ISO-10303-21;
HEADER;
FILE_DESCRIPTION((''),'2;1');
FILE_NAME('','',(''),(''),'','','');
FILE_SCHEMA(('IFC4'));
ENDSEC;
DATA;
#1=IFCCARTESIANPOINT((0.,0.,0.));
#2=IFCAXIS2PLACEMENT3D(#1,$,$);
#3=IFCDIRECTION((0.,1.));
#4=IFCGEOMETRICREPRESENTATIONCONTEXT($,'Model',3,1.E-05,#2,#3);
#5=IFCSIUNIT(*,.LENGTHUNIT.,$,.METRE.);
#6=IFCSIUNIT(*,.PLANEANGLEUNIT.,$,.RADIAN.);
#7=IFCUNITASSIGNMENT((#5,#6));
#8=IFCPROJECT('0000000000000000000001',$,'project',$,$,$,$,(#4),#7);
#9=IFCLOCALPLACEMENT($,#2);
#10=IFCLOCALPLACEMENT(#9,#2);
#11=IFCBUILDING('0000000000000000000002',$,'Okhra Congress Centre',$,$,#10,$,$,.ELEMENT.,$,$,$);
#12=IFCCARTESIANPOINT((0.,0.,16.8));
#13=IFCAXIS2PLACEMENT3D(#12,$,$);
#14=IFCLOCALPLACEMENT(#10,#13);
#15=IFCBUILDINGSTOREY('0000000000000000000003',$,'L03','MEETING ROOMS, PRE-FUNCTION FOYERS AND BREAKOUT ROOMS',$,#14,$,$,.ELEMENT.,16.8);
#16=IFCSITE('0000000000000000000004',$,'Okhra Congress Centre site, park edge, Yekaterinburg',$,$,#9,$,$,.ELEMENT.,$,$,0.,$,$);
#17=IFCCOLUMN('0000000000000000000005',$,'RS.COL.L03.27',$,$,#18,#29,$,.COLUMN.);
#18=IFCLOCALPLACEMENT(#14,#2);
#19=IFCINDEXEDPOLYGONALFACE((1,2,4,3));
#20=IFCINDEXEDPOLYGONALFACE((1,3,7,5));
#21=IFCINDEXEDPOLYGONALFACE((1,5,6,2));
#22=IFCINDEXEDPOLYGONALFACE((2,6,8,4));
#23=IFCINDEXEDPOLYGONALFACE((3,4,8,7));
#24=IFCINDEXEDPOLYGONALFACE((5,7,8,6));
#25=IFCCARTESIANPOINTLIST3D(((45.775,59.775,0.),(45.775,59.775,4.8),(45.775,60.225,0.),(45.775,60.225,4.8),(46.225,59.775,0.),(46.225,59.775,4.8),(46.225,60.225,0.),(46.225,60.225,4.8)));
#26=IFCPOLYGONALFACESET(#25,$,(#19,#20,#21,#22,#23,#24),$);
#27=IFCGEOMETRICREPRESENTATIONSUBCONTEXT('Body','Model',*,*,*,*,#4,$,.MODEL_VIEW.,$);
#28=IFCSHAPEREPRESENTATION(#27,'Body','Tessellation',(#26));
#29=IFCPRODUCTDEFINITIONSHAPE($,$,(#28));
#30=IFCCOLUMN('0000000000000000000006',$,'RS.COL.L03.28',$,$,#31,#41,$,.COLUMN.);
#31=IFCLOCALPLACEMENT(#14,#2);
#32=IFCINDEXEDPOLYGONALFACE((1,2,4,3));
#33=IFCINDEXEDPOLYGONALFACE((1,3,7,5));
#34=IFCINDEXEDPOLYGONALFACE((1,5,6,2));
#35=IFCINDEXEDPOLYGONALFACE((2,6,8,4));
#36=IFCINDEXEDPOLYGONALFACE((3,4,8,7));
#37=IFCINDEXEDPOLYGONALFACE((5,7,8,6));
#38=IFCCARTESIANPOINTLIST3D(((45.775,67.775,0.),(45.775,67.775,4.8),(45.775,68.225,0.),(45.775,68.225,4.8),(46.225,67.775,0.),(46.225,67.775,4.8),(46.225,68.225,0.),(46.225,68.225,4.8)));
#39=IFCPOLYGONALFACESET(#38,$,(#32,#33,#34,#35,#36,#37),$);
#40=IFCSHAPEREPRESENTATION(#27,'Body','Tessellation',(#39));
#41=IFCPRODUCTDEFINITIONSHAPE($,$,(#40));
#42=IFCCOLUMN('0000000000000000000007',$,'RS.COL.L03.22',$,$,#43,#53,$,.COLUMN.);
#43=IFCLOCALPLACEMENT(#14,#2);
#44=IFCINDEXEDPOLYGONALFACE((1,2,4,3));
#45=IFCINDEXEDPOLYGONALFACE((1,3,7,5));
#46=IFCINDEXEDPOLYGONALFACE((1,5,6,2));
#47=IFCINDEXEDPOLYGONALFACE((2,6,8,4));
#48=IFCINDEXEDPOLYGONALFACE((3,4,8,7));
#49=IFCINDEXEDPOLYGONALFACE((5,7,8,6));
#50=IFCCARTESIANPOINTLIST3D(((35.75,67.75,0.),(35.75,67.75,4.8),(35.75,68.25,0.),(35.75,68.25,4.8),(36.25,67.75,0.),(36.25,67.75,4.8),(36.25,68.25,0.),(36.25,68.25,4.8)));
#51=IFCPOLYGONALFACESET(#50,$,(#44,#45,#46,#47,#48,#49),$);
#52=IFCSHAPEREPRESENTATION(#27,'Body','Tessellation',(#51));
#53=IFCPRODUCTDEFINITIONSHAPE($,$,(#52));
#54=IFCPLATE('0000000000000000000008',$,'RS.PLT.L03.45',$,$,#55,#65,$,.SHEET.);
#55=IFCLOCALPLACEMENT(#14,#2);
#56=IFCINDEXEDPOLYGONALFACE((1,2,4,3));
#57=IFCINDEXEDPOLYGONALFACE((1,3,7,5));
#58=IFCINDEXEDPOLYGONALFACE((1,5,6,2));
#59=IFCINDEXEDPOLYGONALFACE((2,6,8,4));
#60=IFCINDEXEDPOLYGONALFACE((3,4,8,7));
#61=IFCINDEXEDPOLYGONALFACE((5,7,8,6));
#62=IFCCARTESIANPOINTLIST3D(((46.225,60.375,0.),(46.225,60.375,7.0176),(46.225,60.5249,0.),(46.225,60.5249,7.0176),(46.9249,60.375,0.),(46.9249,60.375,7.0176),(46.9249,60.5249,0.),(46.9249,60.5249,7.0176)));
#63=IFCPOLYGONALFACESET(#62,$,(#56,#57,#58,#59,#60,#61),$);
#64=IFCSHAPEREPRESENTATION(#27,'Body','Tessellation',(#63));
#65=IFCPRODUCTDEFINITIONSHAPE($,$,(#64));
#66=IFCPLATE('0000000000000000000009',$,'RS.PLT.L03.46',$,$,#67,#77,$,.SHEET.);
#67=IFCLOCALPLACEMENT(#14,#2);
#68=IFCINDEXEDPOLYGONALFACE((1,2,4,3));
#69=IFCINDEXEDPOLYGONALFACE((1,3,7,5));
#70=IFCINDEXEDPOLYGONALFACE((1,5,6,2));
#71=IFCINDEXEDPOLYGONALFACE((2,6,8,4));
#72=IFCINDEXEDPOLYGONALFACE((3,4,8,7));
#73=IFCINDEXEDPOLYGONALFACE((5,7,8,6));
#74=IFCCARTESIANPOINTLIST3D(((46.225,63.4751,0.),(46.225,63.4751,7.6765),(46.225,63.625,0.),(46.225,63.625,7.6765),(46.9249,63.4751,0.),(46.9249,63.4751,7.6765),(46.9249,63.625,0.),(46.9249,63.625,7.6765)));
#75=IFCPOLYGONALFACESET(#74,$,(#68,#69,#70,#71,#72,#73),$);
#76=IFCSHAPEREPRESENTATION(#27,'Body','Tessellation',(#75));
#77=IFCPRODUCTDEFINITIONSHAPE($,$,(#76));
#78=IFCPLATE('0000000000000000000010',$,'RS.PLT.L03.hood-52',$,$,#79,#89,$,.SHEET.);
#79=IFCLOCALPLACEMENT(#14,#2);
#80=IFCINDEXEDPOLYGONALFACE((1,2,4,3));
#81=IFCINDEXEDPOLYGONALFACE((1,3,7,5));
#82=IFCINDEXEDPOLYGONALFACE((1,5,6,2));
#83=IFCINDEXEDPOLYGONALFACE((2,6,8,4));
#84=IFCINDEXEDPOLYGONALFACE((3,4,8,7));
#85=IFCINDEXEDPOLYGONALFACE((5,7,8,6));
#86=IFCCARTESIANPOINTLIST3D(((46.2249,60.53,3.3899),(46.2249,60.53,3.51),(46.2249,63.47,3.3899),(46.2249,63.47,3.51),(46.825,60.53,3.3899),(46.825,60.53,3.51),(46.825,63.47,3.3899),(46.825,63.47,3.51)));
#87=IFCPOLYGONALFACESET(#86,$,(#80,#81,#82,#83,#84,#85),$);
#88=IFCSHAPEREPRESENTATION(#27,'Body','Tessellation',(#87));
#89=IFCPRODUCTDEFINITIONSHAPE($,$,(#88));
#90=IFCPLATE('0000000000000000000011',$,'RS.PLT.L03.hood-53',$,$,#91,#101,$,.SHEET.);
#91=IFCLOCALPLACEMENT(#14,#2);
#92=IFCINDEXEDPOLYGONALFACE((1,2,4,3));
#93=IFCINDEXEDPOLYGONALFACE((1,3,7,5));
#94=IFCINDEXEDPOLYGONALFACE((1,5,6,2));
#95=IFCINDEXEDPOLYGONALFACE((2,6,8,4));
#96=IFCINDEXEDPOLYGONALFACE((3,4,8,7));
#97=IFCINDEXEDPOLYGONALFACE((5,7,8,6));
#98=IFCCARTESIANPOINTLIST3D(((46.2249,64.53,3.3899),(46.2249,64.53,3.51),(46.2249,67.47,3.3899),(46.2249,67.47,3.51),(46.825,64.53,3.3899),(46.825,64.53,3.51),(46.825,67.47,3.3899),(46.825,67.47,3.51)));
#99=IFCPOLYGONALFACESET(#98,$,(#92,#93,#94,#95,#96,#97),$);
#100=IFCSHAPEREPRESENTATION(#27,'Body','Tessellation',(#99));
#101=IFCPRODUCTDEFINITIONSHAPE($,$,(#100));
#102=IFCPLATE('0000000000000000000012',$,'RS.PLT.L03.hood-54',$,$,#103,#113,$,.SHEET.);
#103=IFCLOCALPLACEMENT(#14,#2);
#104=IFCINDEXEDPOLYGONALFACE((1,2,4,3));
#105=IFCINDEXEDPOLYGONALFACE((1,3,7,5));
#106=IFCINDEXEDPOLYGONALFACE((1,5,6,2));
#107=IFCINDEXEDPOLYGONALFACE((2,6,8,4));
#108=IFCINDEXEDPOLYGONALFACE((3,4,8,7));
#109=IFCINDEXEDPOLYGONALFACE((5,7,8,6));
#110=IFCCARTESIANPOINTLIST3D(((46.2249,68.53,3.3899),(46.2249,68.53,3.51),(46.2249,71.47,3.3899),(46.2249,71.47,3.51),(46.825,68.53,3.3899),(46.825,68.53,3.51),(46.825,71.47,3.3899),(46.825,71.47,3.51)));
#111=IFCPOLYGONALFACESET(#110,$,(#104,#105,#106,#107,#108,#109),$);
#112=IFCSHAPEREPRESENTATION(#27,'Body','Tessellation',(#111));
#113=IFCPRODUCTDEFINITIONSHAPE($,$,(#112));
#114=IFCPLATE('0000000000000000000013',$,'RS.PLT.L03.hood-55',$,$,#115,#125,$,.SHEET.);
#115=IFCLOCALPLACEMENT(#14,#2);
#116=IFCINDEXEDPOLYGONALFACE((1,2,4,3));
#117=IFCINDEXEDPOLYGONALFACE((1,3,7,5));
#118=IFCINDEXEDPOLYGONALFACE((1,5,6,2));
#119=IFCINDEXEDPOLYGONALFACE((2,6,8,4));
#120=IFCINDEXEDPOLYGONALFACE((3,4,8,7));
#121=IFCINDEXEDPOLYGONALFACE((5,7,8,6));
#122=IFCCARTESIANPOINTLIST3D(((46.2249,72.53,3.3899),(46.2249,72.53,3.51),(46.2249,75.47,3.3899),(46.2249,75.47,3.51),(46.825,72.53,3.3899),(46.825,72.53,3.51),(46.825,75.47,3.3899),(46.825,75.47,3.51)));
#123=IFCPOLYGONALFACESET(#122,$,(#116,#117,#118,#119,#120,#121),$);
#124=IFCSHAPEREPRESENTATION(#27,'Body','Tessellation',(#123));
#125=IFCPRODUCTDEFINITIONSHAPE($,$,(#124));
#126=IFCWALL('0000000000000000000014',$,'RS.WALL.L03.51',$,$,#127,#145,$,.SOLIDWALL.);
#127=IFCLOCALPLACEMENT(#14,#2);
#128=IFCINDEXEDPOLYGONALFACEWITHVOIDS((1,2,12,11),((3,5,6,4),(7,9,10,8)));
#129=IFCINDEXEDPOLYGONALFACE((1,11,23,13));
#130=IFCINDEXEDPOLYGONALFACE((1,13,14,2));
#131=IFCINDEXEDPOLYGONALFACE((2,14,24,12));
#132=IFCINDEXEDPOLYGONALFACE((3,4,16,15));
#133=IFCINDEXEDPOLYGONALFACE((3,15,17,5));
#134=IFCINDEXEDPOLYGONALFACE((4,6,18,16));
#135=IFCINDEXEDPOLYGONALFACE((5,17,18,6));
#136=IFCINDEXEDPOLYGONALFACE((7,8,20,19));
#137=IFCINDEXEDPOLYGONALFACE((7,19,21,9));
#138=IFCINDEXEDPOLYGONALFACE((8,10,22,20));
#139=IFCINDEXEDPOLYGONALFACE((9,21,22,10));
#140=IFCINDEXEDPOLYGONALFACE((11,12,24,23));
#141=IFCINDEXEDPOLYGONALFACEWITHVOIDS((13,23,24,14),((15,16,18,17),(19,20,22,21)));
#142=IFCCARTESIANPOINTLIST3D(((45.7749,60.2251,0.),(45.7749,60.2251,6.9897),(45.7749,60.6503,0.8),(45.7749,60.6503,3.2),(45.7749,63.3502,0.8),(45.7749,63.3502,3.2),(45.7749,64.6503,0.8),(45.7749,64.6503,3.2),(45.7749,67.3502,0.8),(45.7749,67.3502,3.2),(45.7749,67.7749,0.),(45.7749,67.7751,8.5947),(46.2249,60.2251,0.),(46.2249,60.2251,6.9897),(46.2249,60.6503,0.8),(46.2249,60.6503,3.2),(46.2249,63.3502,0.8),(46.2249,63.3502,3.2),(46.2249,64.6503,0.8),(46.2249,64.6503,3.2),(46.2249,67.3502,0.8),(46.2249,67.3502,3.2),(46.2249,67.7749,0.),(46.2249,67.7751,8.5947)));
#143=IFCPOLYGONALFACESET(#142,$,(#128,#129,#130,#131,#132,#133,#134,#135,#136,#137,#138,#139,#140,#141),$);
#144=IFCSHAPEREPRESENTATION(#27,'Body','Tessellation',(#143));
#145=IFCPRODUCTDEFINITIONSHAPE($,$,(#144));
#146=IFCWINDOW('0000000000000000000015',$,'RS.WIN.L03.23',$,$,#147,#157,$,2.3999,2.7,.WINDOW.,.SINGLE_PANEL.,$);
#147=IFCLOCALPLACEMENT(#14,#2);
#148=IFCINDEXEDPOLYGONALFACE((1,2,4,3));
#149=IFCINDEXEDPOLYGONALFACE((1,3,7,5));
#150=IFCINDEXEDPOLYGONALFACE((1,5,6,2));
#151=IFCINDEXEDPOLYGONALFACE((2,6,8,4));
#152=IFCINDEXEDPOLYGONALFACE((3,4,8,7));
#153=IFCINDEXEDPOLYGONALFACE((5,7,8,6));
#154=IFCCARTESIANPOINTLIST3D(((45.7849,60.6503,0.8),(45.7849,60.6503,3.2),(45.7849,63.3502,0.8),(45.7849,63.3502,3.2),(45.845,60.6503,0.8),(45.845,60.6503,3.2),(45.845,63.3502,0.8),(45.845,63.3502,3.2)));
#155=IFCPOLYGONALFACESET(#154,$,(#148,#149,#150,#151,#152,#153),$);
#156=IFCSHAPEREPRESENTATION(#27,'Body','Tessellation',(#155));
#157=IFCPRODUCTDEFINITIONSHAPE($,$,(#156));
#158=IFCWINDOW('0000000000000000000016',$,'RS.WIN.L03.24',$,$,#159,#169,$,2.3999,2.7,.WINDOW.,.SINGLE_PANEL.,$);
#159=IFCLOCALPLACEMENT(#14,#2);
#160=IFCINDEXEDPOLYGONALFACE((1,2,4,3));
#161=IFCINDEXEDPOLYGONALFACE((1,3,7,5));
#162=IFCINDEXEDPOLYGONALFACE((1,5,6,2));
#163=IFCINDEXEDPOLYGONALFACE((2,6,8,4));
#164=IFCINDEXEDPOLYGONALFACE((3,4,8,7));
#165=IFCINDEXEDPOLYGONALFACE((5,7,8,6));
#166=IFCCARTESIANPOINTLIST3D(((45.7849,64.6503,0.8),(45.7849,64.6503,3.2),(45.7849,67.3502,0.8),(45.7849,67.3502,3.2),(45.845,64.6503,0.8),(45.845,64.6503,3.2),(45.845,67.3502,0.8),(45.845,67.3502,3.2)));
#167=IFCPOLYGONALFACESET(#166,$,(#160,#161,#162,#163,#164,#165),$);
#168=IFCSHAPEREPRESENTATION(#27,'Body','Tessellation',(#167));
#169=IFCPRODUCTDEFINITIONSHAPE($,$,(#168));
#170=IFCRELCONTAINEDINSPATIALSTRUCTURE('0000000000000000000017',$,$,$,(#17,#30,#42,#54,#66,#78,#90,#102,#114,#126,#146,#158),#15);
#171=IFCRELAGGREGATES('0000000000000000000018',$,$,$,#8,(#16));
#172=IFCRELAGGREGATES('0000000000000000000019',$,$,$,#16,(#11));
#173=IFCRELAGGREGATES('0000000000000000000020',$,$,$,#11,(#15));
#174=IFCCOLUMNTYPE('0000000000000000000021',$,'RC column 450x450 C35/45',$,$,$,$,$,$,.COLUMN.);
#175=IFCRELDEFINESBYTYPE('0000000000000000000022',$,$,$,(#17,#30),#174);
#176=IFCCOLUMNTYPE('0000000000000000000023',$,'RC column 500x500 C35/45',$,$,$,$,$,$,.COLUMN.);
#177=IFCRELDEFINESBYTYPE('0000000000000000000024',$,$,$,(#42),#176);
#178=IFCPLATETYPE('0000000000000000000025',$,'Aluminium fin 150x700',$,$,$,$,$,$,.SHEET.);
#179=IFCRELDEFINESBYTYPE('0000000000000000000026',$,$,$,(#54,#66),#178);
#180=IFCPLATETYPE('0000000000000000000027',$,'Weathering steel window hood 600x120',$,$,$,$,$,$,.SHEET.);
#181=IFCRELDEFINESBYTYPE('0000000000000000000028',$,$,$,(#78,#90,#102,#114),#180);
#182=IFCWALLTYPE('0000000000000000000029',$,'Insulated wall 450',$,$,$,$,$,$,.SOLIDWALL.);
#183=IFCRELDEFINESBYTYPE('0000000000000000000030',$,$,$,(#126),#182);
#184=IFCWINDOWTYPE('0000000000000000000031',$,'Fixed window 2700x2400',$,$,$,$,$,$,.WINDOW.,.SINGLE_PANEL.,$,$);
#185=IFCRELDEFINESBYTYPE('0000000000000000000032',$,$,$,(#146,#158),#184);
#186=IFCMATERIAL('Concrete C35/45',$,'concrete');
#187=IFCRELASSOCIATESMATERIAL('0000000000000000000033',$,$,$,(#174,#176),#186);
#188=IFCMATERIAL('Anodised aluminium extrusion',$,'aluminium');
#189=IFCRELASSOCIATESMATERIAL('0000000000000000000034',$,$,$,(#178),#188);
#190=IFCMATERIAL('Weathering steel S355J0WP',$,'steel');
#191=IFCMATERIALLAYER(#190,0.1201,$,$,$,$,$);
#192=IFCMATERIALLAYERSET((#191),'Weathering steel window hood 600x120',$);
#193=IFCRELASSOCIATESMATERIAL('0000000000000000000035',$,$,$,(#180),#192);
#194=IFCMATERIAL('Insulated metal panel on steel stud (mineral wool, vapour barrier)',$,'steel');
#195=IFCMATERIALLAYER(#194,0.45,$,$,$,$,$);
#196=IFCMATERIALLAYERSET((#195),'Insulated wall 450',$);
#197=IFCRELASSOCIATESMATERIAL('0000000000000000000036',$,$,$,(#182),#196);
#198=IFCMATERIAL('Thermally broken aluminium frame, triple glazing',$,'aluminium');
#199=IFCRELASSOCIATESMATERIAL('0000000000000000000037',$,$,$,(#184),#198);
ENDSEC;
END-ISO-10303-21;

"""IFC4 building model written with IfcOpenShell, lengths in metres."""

from ifc_helpers import new_model, si_unit, direction, frame, frame_2d, origin, origin_2d, place, context, subcontext, project, spatial, polyline, rectangle, outline, extrude, material, layer, layer_set, material_profile, profile_set, type_object, element, fill, save


model = new_model("IFC4")

# Units and contexts
model_context = context("Model", 3, precision=1e-05, world=origin(), true_north=direction((0.0, 1.0)))
body_context = subcontext(model_context, "Body", "Model", "MODEL_VIEW")
ifc_project = project(units=[si_unit("LENGTHUNIT", "METRE"), si_unit("PLANEANGLEUNIT", "RADIAN")], contexts=[model_context])

# Site, building, storey
site_placement = place(None, origin())
site = spatial("IfcSite", under=ifc_project, at=site_placement, Name="Okhra Congress Centre site, park edge, Yekaterinburg", CompositionType="ELEMENT", RefElevation=0.0)
building_placement = place(site_placement, origin())
building = spatial("IfcBuilding", under=site, at=building_placement, Name="Okhra Congress Centre", CompositionType="ELEMENT")
storey_placement = place(building_placement, frame((0.0, 0.0, 16.8)))
storey = spatial("IfcBuildingStorey", under=building, at=storey_placement, Name="L03", Description="MEETING ROOMS, PRE-FUNCTION FOYERS AND BREAKOUT ROOMS", CompositionType="ELEMENT", Elevation=16.8)

# Columns
ifc_material_1 = material(Name="Concrete C35/45", Category="concrete")
ifc_material_profile_1 = material_profile(ifc_material_1, rectangle(XDim=0.45, YDim=0.45, at=origin_2d()), Name="RC 450x450")
ifc_profile_set_1 = profile_set([ifc_material_profile_1], Name="Concrete C35/45")
column_type_1 = type_object("IfcColumnType", Name="RC column 450x450 C35/45", PredefinedType="COLUMN", material=ifc_profile_set_1)
for number, where, z_axis, x_axis, name in (
    (1, (46.0, 60.0, 0.0), (0.0, 0.0, 1.0), (1.0, 0.0, 0.0), "RS.COL.L03.27"),
    (2, (46.0, 68.0, 0.0), (0.0, 0.0, 1.0), (1.0, 0.0, 0.0), "RS.COL.L03.28"),
):
    element("IfcColumn", number, at=place(storey_placement, frame(where, z_axis=z_axis, x_axis=x_axis)), inside=storey, type_object=column_type_1, Name=name, PredefinedType="COLUMN", context=body_context, shape_type="SweptSolid", body=[
        extrude(rectangle(XDim=0.45, YDim=0.45, at=origin_2d()), origin(), (0.0, 0.0, 1.0), 4.8),
    ])
ifc_material_profile_2 = material_profile(ifc_material_1, rectangle(XDim=0.5, YDim=0.5, at=origin_2d()), Name="RC 500x500")
ifc_profile_set_2 = profile_set([ifc_material_profile_2], Name="Concrete C35/45")
column_type_2 = type_object("IfcColumnType", Name="RC column 500x500 C35/45", PredefinedType="COLUMN", material=ifc_profile_set_2)
column_placement = place(storey_placement, frame((36.0, 68.0, 0.0), z_axis=(0.0, 0.0, 1.0), x_axis=(1.0, 0.0, 0.0)))
element("IfcColumn", 3, at=column_placement, inside=storey, type_object=column_type_2, Name="RS.COL.L03.22", PredefinedType="COLUMN", context=body_context, shape_type="SweptSolid", body=[
    extrude(rectangle(XDim=0.5, YDim=0.5, at=origin_2d()), origin(), (0.0, 0.0, 1.0), 4.8),
])

# Plates
ifc_material_2 = material(Name="Anodised aluminium extrusion", Category="aluminium")
plate_type_1 = type_object("IfcPlateType", Name="Aluminium fin 150x700", PredefinedType="SHEET", material=ifc_material_2)
plate_1_placement = place(storey_placement, frame((46.575, 60.45, 0.0), z_axis=(0.0, 0.0, 1.0), x_axis=(0.0, 1.0, 0.0)))
element("IfcPlate", 4, at=plate_1_placement, inside=storey, type_object=plate_type_1, Name="RS.PLT.L03.45", PredefinedType="SHEET", context=body_context, shape_type="SweptSolid", body=[
    extrude(rectangle(XDim=0.1499, YDim=0.7, at=origin_2d()), origin(), (0.0, 0.0, 1.0), 7.0176),
])
plate_2_placement = place(storey_placement, frame((46.575, 63.55, 0.0), z_axis=(0.0, 0.0, 1.0), x_axis=(0.0, 1.0, 0.0)))
element("IfcPlate", 5, at=plate_2_placement, inside=storey, type_object=plate_type_1, Name="RS.PLT.L03.46", PredefinedType="SHEET", context=body_context, shape_type="SweptSolid", body=[
    extrude(rectangle(XDim=0.1499, YDim=0.7, at=origin_2d()), origin(), (0.0, 0.0, 1.0), 7.6765),
])
ifc_material_3 = material(Name="Weathering steel S355J0WP", Category="steel")
ifc_layer_1 = layer(ifc_material_3, 0.1201)
ifc_layer_set_1 = layer_set([ifc_layer_1], Name="Weathering steel window hood 600x120")
plate_type_2 = type_object("IfcPlateType", Name="Weathering steel window hood 600x120", PredefinedType="SHEET", material=ifc_layer_set_1)
for number, where, z_axis, x_axis, name in (
    (6, (46.5249, 62.0, 3.3899), (0.0, 0.0, 1.0), (0.0, 1.0, 0.0), "RS.PLT.L03.hood-52"),
    (7, (46.5249, 66.0, 3.3899), (0.0, 0.0, 1.0), (0.0, 1.0, 0.0), "RS.PLT.L03.hood-53"),
    (8, (46.5249, 70.0, 3.3899), (0.0, 0.0, 1.0), (0.0, 1.0, 0.0), "RS.PLT.L03.hood-54"),
    (9, (46.5249, 74.0, 3.3899), (0.0, 0.0, 1.0), (0.0, 1.0, 0.0), "RS.PLT.L03.hood-55"),
):
    element("IfcPlate", number, at=place(storey_placement, frame(where, z_axis=z_axis, x_axis=x_axis)), inside=storey, type_object=plate_type_2, Name=name, PredefinedType="SHEET", context=body_context, shape_type="SweptSolid", body=[
        extrude(rectangle(XDim=2.9399, YDim=0.6001, at=origin_2d()), origin(), (0.0, 0.0, 1.0), 0.1201),
    ])

# Wall, openings, windows
ifc_material_4 = material(Name="Insulated metal panel on steel stud (mineral wool, vapour barrier)", Category="steel")
ifc_layer_2 = layer(ifc_material_4, 0.45)
ifc_layer_set_2 = layer_set([ifc_layer_2], Name="Insulated wall 450")
wall_type_1 = type_object("IfcWallType", Name="Insulated wall 450", PredefinedType="SOLIDWALL", material=ifc_layer_set_2)
wall_1_placement = place(storey_placement, frame((46.0, 60.2251, 0.0), z_axis=(0.0, 0.0, 1.0), x_axis=(0.0, 1.0, 0.0)))
wall_1 = element("IfcWall", 10, at=wall_1_placement, inside=storey, type_object=wall_type_1, Name="RS.WALL.L03.51", PredefinedType="SOLIDWALL", context=body_context, shape_type="SweptSolid", body=[
    extrude(outline(polyline([(0.0, 0.0), (7.5498, 0.0), (7.55, 8.5947), (0.0, 6.9897), (0.0, 0.0)])), frame((0.0, 0.2251, 0.0), z_axis=(0.0, -1.0, 0.0), x_axis=(1.0, 0.0, 0.0)), (0.0, 0.0, 1.0), 0.45),
])
opening_1_placement = place(wall_1_placement, frame((0.425, 0.0, 0.8)))
opening_1 = element("IfcOpeningElement", 11, at=opening_1_placement, cuts=wall_1, PredefinedType="OPENING", context=body_context, shape_type="SweptSolid", body=[
    extrude(rectangle(XDim=2.7, YDim=2.3999, at=frame_2d((1.3501, 1.2))), frame((0.0, 0.2349, 0.0), z_axis=(0.0, -1.0, 0.0), x_axis=(1.0, 0.0, 0.0)), (0.0, 0.0, 1.0), 0.47),
])
opening_2_placement = place(wall_1_placement, frame((4.425, 0.0, 0.8)))
opening_2 = element("IfcOpeningElement", 12, at=opening_2_placement, cuts=wall_1, PredefinedType="OPENING", context=body_context, shape_type="SweptSolid", body=[
    extrude(rectangle(XDim=2.7, YDim=2.3999, at=frame_2d((1.3501, 1.2))), frame((0.0, 0.2349, 0.0), z_axis=(0.0, -1.0, 0.0), x_axis=(1.0, 0.0, 0.0)), (0.0, 0.0, 1.0), 0.47),
])
ifc_material_5 = material(Name="Thermally broken aluminium frame, triple glazing", Category="aluminium")
window_type = type_object("IfcWindowType", Name="Fixed window 2700x2400", PartitioningType="SINGLE_PANEL", PredefinedType="WINDOW", material=ifc_material_5)
window_1_placement = place(opening_1_placement, origin())
window_1 = element("IfcWindow", 13, at=window_1_placement, inside=storey, type_object=window_type, Name="RS.WIN.L03.23", OverallHeight=2.3999, OverallWidth=2.7, PartitioningType="SINGLE_PANEL", PredefinedType="WINDOW", context=body_context, shape_type="SweptSolid", body=[
    extrude(rectangle(XDim=2.7, YDim=2.3999, at=frame_2d((1.3501, 1.2))), frame((0.0, 0.2151, 0.0), z_axis=(0.0, -1.0, 0.0), x_axis=(1.0, 0.0, 0.0)), (0.0, 0.0, 1.0), 0.0601),
])
fill(opening_1, window_1)
window_2_placement = place(opening_2_placement, origin())
window_2 = element("IfcWindow", 14, at=window_2_placement, inside=storey, type_object=window_type, Name="RS.WIN.L03.24", OverallHeight=2.3999, OverallWidth=2.7, PartitioningType="SINGLE_PANEL", PredefinedType="WINDOW", context=body_context, shape_type="SweptSolid", body=[
    extrude(rectangle(XDim=2.7, YDim=2.3999, at=frame_2d((1.3501, 1.2))), frame((0.0, 0.2151, 0.0), z_axis=(0.0, -1.0, 0.0), x_axis=(1.0, 0.0, 0.0)), (0.0, 0.0, 1.0), 0.0601),
])
fill(opening_2, window_2)

save(model, "model.ifc")
